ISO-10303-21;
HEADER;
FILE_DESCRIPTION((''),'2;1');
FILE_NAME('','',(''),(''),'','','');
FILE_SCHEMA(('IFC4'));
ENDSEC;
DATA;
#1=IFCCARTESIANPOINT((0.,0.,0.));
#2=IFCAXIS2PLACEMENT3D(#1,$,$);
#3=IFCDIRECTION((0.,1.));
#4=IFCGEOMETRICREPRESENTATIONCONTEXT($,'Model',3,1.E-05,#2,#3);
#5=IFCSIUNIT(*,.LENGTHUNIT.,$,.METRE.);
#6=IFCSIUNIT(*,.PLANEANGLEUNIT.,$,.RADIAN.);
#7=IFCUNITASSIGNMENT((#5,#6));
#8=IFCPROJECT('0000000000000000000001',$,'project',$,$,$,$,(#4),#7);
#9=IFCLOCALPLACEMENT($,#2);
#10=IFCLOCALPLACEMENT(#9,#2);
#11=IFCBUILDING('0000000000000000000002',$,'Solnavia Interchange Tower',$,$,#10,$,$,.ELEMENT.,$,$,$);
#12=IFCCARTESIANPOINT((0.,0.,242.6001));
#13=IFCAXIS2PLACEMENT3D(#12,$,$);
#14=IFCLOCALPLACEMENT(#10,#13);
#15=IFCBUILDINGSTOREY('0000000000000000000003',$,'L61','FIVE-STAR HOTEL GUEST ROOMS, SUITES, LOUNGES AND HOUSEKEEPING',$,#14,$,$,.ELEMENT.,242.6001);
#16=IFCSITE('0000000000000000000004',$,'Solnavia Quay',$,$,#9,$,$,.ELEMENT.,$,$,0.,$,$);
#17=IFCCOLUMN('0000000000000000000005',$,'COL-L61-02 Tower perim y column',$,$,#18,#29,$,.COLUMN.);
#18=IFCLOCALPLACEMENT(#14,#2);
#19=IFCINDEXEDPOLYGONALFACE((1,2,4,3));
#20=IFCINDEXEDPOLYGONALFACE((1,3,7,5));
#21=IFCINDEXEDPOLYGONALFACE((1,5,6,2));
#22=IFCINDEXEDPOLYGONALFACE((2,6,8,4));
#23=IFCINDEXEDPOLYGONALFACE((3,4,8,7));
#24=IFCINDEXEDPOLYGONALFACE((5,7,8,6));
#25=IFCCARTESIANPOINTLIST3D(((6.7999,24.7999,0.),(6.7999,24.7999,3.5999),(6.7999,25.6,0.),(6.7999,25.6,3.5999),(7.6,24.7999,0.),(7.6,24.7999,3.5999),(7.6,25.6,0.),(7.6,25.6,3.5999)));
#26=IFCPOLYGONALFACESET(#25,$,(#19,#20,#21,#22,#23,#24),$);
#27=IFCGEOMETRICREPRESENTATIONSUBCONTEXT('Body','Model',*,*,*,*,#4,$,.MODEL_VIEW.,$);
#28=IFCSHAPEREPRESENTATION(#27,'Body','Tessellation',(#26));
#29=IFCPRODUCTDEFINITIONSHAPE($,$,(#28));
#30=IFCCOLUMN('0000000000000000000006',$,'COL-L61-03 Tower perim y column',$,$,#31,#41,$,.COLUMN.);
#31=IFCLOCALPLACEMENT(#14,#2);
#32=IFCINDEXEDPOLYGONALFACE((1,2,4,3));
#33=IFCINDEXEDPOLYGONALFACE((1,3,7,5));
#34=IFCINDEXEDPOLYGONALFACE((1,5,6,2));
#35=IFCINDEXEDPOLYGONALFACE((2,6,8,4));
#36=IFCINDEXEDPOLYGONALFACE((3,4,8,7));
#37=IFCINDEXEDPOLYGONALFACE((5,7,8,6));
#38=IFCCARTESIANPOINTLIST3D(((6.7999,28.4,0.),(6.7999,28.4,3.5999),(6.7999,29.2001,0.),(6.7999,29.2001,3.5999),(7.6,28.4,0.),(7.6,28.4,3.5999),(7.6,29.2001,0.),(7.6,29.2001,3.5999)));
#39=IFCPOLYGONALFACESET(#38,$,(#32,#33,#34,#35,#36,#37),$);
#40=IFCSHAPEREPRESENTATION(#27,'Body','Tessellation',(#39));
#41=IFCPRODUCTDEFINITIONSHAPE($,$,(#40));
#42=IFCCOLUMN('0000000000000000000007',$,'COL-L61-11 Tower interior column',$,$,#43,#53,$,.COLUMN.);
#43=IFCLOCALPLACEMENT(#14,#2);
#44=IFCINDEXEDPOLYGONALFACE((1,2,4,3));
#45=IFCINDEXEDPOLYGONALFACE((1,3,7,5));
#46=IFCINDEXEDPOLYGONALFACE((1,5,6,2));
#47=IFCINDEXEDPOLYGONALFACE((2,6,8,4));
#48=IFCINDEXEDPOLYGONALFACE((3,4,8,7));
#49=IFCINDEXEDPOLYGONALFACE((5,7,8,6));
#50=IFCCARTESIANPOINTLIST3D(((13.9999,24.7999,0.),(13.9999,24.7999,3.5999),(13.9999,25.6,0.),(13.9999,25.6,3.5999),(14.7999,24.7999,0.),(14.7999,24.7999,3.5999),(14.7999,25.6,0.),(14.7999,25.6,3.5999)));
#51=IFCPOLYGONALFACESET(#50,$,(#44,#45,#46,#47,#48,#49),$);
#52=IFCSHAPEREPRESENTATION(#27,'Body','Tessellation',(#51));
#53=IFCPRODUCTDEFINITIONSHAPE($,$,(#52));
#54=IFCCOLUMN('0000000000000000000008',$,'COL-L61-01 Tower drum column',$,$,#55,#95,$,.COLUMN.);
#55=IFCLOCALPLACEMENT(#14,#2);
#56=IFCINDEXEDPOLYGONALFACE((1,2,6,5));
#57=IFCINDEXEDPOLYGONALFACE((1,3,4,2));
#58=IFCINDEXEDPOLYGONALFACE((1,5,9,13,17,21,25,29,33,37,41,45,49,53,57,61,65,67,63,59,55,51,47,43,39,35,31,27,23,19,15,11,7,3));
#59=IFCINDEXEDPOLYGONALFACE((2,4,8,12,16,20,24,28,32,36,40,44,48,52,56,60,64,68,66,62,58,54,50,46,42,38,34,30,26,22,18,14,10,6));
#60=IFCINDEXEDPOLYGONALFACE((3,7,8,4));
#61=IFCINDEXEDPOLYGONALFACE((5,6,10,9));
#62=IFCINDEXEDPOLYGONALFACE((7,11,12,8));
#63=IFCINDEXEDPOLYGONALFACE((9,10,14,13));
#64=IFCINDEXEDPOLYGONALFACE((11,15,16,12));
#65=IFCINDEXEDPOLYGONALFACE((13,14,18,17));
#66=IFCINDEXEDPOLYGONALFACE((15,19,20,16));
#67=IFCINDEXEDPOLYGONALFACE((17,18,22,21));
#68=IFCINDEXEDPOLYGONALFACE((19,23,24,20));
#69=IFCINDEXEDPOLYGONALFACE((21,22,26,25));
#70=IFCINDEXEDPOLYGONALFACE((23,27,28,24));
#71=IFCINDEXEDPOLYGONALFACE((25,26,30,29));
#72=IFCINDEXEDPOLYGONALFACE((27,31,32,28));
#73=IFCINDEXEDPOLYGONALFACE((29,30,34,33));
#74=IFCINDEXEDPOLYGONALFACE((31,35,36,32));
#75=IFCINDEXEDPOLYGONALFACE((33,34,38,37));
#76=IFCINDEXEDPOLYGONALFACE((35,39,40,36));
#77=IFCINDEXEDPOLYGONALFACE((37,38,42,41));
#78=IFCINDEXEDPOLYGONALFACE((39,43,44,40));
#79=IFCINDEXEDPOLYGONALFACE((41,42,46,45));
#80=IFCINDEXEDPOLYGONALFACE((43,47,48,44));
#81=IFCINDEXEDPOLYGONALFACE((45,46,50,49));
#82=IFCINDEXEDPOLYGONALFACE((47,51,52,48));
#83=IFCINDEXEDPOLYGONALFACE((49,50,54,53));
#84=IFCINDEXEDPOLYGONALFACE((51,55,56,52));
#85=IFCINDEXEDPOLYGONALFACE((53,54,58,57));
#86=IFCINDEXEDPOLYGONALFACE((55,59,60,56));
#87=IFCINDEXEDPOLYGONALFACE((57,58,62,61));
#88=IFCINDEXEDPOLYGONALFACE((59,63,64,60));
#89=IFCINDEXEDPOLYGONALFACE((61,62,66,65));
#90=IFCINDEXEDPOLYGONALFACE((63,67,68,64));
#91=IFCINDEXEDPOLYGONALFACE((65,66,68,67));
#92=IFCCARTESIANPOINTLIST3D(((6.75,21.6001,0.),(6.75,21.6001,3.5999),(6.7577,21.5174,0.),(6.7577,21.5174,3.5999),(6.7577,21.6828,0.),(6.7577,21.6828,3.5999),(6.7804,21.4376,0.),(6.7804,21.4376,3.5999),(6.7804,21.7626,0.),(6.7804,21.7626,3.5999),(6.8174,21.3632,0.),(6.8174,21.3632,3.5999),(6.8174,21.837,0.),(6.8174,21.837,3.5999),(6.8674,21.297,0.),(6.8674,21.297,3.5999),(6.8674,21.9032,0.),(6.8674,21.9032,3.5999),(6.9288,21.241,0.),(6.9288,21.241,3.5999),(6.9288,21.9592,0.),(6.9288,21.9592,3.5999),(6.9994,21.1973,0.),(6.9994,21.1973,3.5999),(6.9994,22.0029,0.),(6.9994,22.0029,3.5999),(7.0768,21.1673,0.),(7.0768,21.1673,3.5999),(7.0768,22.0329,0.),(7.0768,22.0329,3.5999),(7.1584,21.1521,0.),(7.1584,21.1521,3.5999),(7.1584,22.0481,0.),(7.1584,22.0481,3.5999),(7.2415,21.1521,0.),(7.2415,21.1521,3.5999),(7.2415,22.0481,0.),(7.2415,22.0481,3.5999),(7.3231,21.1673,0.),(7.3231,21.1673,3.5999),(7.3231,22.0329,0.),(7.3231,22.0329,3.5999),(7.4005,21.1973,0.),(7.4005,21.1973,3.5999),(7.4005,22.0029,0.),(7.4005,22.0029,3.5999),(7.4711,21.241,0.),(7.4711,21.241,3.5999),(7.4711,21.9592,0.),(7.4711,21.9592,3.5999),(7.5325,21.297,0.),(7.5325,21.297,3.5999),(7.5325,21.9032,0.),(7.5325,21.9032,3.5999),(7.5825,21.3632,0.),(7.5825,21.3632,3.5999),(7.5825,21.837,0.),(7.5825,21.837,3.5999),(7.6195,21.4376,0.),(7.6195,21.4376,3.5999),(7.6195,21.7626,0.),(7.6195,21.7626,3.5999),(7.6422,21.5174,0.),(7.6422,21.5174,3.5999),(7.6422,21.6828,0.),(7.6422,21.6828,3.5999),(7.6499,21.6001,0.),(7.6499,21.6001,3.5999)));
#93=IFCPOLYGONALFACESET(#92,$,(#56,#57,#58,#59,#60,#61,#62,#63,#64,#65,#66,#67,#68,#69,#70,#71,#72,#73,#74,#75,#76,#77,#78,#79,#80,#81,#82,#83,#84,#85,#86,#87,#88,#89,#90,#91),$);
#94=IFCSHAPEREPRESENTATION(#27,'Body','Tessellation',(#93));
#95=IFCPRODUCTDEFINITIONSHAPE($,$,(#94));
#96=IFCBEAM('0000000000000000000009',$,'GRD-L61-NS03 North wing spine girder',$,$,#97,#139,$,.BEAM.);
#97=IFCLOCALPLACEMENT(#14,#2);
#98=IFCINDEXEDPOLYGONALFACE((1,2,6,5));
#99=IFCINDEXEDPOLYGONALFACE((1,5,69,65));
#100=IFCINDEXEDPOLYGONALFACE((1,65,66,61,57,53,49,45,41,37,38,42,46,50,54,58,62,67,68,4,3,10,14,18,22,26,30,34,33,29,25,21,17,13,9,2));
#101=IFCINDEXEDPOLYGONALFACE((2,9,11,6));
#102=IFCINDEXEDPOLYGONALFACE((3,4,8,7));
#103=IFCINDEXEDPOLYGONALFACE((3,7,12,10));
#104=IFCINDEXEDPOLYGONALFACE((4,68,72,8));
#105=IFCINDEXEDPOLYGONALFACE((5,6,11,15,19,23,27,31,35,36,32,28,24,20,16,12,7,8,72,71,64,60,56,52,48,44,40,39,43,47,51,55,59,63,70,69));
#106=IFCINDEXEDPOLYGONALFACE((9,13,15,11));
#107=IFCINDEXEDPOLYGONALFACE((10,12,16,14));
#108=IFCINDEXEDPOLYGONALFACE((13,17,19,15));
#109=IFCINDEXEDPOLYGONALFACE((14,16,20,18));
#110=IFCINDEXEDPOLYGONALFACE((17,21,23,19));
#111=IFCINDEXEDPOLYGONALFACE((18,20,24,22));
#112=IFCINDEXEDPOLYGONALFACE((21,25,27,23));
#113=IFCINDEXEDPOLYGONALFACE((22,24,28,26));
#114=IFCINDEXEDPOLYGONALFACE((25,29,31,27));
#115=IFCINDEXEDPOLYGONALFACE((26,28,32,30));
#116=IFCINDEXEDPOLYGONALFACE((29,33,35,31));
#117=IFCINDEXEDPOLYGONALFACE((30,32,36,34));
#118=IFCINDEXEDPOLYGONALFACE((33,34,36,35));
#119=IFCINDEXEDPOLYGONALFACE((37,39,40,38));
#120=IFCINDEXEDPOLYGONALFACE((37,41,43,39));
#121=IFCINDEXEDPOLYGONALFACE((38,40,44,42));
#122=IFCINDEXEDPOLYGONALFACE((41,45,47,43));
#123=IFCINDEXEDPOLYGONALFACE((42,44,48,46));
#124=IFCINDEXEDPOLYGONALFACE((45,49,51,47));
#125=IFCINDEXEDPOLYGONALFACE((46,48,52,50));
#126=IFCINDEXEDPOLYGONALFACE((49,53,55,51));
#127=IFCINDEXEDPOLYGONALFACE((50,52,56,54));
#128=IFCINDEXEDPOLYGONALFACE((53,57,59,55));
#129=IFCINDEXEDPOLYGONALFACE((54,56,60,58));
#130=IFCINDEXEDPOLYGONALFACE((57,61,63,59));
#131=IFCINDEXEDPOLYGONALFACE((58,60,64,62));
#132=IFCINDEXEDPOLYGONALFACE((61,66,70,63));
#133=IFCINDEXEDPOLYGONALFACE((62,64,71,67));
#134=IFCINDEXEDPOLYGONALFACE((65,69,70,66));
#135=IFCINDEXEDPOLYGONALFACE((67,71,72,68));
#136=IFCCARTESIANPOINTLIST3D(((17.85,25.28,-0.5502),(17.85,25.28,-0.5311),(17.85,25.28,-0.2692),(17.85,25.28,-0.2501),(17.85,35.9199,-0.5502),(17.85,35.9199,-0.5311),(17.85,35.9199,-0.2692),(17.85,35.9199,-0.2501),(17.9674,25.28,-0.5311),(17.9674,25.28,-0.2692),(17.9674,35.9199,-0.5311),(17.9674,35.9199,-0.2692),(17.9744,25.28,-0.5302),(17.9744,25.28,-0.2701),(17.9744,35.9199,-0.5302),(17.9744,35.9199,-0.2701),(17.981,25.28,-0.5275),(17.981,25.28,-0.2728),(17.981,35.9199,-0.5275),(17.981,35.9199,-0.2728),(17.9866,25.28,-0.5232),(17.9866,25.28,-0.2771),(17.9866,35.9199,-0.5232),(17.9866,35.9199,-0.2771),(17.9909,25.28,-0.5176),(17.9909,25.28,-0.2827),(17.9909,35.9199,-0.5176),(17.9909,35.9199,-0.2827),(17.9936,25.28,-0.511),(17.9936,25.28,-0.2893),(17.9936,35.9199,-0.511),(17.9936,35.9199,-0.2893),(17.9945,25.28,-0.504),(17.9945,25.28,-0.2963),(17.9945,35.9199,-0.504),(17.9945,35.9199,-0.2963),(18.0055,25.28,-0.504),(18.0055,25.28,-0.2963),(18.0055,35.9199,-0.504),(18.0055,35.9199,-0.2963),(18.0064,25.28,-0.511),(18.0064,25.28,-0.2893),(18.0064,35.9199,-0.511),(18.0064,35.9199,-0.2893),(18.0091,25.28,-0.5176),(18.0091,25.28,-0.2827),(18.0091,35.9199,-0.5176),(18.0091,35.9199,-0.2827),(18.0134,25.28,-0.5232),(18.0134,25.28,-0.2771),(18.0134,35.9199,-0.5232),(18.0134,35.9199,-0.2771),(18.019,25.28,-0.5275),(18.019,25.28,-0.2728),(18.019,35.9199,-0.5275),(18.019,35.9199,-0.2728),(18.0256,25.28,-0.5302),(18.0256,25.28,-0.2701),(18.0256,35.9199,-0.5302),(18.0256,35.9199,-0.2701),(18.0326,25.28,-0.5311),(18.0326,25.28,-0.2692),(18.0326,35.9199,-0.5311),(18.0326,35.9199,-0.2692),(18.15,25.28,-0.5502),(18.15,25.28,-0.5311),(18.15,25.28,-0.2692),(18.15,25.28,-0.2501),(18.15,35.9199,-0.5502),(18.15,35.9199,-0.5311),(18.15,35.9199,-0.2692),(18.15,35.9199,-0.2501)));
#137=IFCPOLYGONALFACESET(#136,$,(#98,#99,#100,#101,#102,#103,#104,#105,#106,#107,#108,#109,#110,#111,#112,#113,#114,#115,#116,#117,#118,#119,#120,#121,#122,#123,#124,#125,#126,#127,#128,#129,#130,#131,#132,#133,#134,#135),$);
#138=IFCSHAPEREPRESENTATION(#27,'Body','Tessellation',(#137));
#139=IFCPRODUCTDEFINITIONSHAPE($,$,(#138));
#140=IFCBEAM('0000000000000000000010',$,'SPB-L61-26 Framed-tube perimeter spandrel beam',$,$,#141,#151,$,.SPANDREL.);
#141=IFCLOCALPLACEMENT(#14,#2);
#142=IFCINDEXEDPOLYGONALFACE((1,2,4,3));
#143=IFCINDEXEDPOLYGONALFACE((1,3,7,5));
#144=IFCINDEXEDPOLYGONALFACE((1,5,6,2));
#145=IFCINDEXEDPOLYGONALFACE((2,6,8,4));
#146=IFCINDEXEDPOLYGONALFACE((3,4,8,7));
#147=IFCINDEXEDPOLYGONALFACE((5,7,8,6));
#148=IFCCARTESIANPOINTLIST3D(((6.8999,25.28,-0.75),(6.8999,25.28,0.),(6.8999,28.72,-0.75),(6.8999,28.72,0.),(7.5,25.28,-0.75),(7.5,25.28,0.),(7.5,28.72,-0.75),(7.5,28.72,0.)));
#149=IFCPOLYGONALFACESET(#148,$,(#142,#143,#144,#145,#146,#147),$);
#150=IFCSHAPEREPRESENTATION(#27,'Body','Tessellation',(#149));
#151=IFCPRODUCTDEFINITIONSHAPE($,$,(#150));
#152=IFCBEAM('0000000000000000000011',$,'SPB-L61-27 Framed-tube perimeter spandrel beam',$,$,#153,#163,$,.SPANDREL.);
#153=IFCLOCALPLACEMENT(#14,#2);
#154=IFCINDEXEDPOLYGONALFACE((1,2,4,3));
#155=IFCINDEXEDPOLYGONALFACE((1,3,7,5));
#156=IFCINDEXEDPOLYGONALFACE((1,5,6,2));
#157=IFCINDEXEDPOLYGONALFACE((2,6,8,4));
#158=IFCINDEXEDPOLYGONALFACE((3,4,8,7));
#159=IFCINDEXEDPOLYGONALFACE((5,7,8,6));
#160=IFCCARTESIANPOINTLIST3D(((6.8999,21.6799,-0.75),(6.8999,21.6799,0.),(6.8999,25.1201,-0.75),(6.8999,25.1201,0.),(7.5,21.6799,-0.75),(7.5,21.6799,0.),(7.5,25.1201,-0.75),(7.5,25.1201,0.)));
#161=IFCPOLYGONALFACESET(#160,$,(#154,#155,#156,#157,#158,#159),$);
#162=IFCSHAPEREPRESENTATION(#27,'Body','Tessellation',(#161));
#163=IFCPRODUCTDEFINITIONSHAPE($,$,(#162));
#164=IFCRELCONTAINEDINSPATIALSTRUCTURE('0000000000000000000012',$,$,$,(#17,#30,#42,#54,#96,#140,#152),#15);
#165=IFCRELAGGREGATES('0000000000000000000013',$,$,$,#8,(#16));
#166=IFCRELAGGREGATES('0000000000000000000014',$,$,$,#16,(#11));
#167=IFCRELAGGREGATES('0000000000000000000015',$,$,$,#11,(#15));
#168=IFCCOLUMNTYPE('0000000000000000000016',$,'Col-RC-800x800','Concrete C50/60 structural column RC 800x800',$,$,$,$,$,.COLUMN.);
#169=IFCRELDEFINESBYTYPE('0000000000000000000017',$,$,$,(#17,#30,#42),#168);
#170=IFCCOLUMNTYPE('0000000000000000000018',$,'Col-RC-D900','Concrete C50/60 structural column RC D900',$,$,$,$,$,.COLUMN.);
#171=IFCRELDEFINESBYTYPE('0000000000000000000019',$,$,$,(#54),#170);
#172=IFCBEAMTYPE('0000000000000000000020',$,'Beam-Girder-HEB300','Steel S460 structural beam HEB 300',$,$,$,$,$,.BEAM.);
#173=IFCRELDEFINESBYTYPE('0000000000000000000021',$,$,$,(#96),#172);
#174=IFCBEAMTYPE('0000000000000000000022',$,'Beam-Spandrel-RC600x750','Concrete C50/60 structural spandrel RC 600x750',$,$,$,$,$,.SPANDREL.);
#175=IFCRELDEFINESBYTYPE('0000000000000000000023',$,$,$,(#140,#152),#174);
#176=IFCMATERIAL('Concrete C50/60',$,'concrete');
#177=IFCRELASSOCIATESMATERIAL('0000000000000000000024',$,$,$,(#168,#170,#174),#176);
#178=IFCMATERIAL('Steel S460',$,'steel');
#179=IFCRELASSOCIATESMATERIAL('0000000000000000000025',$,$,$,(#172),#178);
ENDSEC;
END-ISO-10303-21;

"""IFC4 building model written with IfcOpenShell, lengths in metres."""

from ifc_helpers import new_model, si_unit, direction, frame, origin, origin_2d, place, context, subcontext, project, spatial, rectangle, circle, i_section, extrude, material, material_profile, profile_set, type_object, element, save


model = new_model("IFC4")

# Units and contexts
model_context = context("Model", 3, precision=1e-05, world=origin(), true_north=direction((0.0, 1.0)))
body_context = subcontext(model_context, "Body", "Model", "MODEL_VIEW")
ifc_project = project(units=[si_unit("LENGTHUNIT", "METRE"), si_unit("PLANEANGLEUNIT", "RADIAN")], contexts=[model_context])

# Site, building, storey
site_placement = place(None, origin())
site = spatial("IfcSite", under=ifc_project, at=site_placement, Name="Solnavia Quay", CompositionType="ELEMENT", RefElevation=0.0)
building_placement = place(site_placement, origin())
building = spatial("IfcBuilding", under=site, at=building_placement, Name="Solnavia Interchange Tower", CompositionType="ELEMENT")
storey_placement = place(building_placement, frame((0.0, 0.0, 242.6001)))
storey = spatial("IfcBuildingStorey", under=building, at=storey_placement, Name="L61", Description="FIVE-STAR HOTEL GUEST ROOMS, SUITES, LOUNGES AND HOUSEKEEPING", CompositionType="ELEMENT", Elevation=242.6001)

# Columns
ifc_material_1 = material(Name="Concrete C50/60", Category="concrete")
ifc_material_profile_1 = material_profile(ifc_material_1, rectangle(XDim=0.8, YDim=0.8, at=origin_2d()), Name="RC 800x800")
ifc_profile_set_1 = profile_set([ifc_material_profile_1], Name="Concrete C50/60")
column_type_1 = type_object("IfcColumnType", Name="Col-RC-800x800", Description="Concrete C50/60 structural column RC 800x800", PredefinedType="COLUMN", material=ifc_profile_set_1)
for number, where, z_axis, x_axis, name in (
    (1, (7.2, 25.2, 0.0), (0.0, 0.0, 1.0), (0.0, 1.0, 0.0), "COL-L61-02 Tower perim y column"),
    (2, (7.2, 28.8, 0.0), (0.0, 0.0, 1.0), (0.0, 1.0, 0.0), "COL-L61-03 Tower perim y column"),
    (3, (14.3999, 25.2, 0.0), (0.0, 0.0, 1.0), (1.0, 0.0, 0.0), "COL-L61-11 Tower interior column"),
):
    element("IfcColumn", number, at=place(storey_placement, frame(where, z_axis=z_axis, x_axis=x_axis)), inside=storey, type_object=column_type_1, Name=name, PredefinedType="COLUMN", context=body_context, shape_type="SweptSolid", body=[
        extrude(rectangle(XDim=0.8, YDim=0.8, at=origin_2d()), origin(), (0.0, 0.0, 1.0), 3.5999),
    ])
ifc_material_profile_2 = material_profile(ifc_material_1, circle(Radius=0.45, at=origin_2d()), Name="RC D900")
ifc_profile_set_2 = profile_set([ifc_material_profile_2], Name="Concrete C50/60")
column_type_2 = type_object("IfcColumnType", Name="Col-RC-D900", Description="Concrete C50/60 structural column RC D900", PredefinedType="COLUMN", material=ifc_profile_set_2)
column_placement = place(storey_placement, frame((7.2, 21.6001, 0.0), z_axis=(0.0, 0.0, 1.0), x_axis=(1.0, 0.0, 0.0)))
element("IfcColumn", 4, at=column_placement, inside=storey, type_object=column_type_2, Name="COL-L61-01 Tower drum column", PredefinedType="COLUMN", context=body_context, shape_type="SweptSolid", body=[
    extrude(circle(Radius=0.45, at=origin_2d()), origin(), (0.0, 0.0, 1.0), 3.5999),
])

# Beams
ifc_material_2 = material(Name="Steel S460", Category="steel")
ifc_material_profile_3 = material_profile(ifc_material_2, i_section(OverallWidth=0.3, OverallDepth=0.3, WebThickness=0.011, FlangeThickness=0.019, FilletRadius=0.0271, at=origin_2d()), Name="HEB 300")
ifc_profile_set_3 = profile_set([ifc_material_profile_3], Name="Steel S460")
beam_type_1 = type_object("IfcBeamType", Name="Beam-Girder-HEB300", Description="Steel S460 structural beam HEB 300", PredefinedType="BEAM", material=ifc_profile_set_3)
beam_1_placement = place(storey_placement, frame((18.0, 25.28, -0.4001), z_axis=(0.0, 1.0, 0.0), x_axis=(-1.0, 0.0, 0.0)))
element("IfcBeam", 5, at=beam_1_placement, inside=storey, type_object=beam_type_1, Name="GRD-L61-NS03 North wing spine girder", PredefinedType="BEAM", context=body_context, shape_type="SweptSolid", body=[
    extrude(i_section(OverallWidth=0.3, OverallDepth=0.3, WebThickness=0.011, FlangeThickness=0.019, FilletRadius=0.0271, at=origin_2d()), origin(), (0.0, 0.0, 1.0), 10.6399),
])
ifc_material_profile_4 = material_profile(ifc_material_1, rectangle(XDim=0.6001, YDim=0.75, at=origin_2d()), Name="RC 600x750")
ifc_profile_set_4 = profile_set([ifc_material_profile_4], Name="Concrete C50/60")
beam_type_2 = type_object("IfcBeamType", Name="Beam-Spandrel-RC600x750", Description="Concrete C50/60 structural spandrel RC 600x750", PredefinedType="SPANDREL", material=ifc_profile_set_4)
beam_2_placement = place(storey_placement, frame((7.2, 28.72, -0.375), z_axis=(0.0, -1.0, 0.0), x_axis=(1.0, 0.0, 0.0)))
element("IfcBeam", 6, at=beam_2_placement, inside=storey, type_object=beam_type_2, Name="SPB-L61-26 Framed-tube perimeter spandrel beam", PredefinedType="SPANDREL", context=body_context, shape_type="SweptSolid", body=[
    extrude(rectangle(XDim=0.6001, YDim=0.75, at=origin_2d()), origin(), (0.0, 0.0, 1.0), 3.4399),
])
beam_3_placement = place(storey_placement, frame((7.2, 25.1201, -0.375), z_axis=(0.0, -1.0, 0.0), x_axis=(1.0, 0.0, 0.0)))
element("IfcBeam", 7, at=beam_3_placement, inside=storey, type_object=beam_type_2, Name="SPB-L61-27 Framed-tube perimeter spandrel beam", PredefinedType="SPANDREL", context=body_context, shape_type="SweptSolid", body=[
    extrude(rectangle(XDim=0.6001, YDim=0.75, at=origin_2d()), origin(), (0.0, 0.0, 1.0), 3.4402),
])

save(model, "model.ifc")
